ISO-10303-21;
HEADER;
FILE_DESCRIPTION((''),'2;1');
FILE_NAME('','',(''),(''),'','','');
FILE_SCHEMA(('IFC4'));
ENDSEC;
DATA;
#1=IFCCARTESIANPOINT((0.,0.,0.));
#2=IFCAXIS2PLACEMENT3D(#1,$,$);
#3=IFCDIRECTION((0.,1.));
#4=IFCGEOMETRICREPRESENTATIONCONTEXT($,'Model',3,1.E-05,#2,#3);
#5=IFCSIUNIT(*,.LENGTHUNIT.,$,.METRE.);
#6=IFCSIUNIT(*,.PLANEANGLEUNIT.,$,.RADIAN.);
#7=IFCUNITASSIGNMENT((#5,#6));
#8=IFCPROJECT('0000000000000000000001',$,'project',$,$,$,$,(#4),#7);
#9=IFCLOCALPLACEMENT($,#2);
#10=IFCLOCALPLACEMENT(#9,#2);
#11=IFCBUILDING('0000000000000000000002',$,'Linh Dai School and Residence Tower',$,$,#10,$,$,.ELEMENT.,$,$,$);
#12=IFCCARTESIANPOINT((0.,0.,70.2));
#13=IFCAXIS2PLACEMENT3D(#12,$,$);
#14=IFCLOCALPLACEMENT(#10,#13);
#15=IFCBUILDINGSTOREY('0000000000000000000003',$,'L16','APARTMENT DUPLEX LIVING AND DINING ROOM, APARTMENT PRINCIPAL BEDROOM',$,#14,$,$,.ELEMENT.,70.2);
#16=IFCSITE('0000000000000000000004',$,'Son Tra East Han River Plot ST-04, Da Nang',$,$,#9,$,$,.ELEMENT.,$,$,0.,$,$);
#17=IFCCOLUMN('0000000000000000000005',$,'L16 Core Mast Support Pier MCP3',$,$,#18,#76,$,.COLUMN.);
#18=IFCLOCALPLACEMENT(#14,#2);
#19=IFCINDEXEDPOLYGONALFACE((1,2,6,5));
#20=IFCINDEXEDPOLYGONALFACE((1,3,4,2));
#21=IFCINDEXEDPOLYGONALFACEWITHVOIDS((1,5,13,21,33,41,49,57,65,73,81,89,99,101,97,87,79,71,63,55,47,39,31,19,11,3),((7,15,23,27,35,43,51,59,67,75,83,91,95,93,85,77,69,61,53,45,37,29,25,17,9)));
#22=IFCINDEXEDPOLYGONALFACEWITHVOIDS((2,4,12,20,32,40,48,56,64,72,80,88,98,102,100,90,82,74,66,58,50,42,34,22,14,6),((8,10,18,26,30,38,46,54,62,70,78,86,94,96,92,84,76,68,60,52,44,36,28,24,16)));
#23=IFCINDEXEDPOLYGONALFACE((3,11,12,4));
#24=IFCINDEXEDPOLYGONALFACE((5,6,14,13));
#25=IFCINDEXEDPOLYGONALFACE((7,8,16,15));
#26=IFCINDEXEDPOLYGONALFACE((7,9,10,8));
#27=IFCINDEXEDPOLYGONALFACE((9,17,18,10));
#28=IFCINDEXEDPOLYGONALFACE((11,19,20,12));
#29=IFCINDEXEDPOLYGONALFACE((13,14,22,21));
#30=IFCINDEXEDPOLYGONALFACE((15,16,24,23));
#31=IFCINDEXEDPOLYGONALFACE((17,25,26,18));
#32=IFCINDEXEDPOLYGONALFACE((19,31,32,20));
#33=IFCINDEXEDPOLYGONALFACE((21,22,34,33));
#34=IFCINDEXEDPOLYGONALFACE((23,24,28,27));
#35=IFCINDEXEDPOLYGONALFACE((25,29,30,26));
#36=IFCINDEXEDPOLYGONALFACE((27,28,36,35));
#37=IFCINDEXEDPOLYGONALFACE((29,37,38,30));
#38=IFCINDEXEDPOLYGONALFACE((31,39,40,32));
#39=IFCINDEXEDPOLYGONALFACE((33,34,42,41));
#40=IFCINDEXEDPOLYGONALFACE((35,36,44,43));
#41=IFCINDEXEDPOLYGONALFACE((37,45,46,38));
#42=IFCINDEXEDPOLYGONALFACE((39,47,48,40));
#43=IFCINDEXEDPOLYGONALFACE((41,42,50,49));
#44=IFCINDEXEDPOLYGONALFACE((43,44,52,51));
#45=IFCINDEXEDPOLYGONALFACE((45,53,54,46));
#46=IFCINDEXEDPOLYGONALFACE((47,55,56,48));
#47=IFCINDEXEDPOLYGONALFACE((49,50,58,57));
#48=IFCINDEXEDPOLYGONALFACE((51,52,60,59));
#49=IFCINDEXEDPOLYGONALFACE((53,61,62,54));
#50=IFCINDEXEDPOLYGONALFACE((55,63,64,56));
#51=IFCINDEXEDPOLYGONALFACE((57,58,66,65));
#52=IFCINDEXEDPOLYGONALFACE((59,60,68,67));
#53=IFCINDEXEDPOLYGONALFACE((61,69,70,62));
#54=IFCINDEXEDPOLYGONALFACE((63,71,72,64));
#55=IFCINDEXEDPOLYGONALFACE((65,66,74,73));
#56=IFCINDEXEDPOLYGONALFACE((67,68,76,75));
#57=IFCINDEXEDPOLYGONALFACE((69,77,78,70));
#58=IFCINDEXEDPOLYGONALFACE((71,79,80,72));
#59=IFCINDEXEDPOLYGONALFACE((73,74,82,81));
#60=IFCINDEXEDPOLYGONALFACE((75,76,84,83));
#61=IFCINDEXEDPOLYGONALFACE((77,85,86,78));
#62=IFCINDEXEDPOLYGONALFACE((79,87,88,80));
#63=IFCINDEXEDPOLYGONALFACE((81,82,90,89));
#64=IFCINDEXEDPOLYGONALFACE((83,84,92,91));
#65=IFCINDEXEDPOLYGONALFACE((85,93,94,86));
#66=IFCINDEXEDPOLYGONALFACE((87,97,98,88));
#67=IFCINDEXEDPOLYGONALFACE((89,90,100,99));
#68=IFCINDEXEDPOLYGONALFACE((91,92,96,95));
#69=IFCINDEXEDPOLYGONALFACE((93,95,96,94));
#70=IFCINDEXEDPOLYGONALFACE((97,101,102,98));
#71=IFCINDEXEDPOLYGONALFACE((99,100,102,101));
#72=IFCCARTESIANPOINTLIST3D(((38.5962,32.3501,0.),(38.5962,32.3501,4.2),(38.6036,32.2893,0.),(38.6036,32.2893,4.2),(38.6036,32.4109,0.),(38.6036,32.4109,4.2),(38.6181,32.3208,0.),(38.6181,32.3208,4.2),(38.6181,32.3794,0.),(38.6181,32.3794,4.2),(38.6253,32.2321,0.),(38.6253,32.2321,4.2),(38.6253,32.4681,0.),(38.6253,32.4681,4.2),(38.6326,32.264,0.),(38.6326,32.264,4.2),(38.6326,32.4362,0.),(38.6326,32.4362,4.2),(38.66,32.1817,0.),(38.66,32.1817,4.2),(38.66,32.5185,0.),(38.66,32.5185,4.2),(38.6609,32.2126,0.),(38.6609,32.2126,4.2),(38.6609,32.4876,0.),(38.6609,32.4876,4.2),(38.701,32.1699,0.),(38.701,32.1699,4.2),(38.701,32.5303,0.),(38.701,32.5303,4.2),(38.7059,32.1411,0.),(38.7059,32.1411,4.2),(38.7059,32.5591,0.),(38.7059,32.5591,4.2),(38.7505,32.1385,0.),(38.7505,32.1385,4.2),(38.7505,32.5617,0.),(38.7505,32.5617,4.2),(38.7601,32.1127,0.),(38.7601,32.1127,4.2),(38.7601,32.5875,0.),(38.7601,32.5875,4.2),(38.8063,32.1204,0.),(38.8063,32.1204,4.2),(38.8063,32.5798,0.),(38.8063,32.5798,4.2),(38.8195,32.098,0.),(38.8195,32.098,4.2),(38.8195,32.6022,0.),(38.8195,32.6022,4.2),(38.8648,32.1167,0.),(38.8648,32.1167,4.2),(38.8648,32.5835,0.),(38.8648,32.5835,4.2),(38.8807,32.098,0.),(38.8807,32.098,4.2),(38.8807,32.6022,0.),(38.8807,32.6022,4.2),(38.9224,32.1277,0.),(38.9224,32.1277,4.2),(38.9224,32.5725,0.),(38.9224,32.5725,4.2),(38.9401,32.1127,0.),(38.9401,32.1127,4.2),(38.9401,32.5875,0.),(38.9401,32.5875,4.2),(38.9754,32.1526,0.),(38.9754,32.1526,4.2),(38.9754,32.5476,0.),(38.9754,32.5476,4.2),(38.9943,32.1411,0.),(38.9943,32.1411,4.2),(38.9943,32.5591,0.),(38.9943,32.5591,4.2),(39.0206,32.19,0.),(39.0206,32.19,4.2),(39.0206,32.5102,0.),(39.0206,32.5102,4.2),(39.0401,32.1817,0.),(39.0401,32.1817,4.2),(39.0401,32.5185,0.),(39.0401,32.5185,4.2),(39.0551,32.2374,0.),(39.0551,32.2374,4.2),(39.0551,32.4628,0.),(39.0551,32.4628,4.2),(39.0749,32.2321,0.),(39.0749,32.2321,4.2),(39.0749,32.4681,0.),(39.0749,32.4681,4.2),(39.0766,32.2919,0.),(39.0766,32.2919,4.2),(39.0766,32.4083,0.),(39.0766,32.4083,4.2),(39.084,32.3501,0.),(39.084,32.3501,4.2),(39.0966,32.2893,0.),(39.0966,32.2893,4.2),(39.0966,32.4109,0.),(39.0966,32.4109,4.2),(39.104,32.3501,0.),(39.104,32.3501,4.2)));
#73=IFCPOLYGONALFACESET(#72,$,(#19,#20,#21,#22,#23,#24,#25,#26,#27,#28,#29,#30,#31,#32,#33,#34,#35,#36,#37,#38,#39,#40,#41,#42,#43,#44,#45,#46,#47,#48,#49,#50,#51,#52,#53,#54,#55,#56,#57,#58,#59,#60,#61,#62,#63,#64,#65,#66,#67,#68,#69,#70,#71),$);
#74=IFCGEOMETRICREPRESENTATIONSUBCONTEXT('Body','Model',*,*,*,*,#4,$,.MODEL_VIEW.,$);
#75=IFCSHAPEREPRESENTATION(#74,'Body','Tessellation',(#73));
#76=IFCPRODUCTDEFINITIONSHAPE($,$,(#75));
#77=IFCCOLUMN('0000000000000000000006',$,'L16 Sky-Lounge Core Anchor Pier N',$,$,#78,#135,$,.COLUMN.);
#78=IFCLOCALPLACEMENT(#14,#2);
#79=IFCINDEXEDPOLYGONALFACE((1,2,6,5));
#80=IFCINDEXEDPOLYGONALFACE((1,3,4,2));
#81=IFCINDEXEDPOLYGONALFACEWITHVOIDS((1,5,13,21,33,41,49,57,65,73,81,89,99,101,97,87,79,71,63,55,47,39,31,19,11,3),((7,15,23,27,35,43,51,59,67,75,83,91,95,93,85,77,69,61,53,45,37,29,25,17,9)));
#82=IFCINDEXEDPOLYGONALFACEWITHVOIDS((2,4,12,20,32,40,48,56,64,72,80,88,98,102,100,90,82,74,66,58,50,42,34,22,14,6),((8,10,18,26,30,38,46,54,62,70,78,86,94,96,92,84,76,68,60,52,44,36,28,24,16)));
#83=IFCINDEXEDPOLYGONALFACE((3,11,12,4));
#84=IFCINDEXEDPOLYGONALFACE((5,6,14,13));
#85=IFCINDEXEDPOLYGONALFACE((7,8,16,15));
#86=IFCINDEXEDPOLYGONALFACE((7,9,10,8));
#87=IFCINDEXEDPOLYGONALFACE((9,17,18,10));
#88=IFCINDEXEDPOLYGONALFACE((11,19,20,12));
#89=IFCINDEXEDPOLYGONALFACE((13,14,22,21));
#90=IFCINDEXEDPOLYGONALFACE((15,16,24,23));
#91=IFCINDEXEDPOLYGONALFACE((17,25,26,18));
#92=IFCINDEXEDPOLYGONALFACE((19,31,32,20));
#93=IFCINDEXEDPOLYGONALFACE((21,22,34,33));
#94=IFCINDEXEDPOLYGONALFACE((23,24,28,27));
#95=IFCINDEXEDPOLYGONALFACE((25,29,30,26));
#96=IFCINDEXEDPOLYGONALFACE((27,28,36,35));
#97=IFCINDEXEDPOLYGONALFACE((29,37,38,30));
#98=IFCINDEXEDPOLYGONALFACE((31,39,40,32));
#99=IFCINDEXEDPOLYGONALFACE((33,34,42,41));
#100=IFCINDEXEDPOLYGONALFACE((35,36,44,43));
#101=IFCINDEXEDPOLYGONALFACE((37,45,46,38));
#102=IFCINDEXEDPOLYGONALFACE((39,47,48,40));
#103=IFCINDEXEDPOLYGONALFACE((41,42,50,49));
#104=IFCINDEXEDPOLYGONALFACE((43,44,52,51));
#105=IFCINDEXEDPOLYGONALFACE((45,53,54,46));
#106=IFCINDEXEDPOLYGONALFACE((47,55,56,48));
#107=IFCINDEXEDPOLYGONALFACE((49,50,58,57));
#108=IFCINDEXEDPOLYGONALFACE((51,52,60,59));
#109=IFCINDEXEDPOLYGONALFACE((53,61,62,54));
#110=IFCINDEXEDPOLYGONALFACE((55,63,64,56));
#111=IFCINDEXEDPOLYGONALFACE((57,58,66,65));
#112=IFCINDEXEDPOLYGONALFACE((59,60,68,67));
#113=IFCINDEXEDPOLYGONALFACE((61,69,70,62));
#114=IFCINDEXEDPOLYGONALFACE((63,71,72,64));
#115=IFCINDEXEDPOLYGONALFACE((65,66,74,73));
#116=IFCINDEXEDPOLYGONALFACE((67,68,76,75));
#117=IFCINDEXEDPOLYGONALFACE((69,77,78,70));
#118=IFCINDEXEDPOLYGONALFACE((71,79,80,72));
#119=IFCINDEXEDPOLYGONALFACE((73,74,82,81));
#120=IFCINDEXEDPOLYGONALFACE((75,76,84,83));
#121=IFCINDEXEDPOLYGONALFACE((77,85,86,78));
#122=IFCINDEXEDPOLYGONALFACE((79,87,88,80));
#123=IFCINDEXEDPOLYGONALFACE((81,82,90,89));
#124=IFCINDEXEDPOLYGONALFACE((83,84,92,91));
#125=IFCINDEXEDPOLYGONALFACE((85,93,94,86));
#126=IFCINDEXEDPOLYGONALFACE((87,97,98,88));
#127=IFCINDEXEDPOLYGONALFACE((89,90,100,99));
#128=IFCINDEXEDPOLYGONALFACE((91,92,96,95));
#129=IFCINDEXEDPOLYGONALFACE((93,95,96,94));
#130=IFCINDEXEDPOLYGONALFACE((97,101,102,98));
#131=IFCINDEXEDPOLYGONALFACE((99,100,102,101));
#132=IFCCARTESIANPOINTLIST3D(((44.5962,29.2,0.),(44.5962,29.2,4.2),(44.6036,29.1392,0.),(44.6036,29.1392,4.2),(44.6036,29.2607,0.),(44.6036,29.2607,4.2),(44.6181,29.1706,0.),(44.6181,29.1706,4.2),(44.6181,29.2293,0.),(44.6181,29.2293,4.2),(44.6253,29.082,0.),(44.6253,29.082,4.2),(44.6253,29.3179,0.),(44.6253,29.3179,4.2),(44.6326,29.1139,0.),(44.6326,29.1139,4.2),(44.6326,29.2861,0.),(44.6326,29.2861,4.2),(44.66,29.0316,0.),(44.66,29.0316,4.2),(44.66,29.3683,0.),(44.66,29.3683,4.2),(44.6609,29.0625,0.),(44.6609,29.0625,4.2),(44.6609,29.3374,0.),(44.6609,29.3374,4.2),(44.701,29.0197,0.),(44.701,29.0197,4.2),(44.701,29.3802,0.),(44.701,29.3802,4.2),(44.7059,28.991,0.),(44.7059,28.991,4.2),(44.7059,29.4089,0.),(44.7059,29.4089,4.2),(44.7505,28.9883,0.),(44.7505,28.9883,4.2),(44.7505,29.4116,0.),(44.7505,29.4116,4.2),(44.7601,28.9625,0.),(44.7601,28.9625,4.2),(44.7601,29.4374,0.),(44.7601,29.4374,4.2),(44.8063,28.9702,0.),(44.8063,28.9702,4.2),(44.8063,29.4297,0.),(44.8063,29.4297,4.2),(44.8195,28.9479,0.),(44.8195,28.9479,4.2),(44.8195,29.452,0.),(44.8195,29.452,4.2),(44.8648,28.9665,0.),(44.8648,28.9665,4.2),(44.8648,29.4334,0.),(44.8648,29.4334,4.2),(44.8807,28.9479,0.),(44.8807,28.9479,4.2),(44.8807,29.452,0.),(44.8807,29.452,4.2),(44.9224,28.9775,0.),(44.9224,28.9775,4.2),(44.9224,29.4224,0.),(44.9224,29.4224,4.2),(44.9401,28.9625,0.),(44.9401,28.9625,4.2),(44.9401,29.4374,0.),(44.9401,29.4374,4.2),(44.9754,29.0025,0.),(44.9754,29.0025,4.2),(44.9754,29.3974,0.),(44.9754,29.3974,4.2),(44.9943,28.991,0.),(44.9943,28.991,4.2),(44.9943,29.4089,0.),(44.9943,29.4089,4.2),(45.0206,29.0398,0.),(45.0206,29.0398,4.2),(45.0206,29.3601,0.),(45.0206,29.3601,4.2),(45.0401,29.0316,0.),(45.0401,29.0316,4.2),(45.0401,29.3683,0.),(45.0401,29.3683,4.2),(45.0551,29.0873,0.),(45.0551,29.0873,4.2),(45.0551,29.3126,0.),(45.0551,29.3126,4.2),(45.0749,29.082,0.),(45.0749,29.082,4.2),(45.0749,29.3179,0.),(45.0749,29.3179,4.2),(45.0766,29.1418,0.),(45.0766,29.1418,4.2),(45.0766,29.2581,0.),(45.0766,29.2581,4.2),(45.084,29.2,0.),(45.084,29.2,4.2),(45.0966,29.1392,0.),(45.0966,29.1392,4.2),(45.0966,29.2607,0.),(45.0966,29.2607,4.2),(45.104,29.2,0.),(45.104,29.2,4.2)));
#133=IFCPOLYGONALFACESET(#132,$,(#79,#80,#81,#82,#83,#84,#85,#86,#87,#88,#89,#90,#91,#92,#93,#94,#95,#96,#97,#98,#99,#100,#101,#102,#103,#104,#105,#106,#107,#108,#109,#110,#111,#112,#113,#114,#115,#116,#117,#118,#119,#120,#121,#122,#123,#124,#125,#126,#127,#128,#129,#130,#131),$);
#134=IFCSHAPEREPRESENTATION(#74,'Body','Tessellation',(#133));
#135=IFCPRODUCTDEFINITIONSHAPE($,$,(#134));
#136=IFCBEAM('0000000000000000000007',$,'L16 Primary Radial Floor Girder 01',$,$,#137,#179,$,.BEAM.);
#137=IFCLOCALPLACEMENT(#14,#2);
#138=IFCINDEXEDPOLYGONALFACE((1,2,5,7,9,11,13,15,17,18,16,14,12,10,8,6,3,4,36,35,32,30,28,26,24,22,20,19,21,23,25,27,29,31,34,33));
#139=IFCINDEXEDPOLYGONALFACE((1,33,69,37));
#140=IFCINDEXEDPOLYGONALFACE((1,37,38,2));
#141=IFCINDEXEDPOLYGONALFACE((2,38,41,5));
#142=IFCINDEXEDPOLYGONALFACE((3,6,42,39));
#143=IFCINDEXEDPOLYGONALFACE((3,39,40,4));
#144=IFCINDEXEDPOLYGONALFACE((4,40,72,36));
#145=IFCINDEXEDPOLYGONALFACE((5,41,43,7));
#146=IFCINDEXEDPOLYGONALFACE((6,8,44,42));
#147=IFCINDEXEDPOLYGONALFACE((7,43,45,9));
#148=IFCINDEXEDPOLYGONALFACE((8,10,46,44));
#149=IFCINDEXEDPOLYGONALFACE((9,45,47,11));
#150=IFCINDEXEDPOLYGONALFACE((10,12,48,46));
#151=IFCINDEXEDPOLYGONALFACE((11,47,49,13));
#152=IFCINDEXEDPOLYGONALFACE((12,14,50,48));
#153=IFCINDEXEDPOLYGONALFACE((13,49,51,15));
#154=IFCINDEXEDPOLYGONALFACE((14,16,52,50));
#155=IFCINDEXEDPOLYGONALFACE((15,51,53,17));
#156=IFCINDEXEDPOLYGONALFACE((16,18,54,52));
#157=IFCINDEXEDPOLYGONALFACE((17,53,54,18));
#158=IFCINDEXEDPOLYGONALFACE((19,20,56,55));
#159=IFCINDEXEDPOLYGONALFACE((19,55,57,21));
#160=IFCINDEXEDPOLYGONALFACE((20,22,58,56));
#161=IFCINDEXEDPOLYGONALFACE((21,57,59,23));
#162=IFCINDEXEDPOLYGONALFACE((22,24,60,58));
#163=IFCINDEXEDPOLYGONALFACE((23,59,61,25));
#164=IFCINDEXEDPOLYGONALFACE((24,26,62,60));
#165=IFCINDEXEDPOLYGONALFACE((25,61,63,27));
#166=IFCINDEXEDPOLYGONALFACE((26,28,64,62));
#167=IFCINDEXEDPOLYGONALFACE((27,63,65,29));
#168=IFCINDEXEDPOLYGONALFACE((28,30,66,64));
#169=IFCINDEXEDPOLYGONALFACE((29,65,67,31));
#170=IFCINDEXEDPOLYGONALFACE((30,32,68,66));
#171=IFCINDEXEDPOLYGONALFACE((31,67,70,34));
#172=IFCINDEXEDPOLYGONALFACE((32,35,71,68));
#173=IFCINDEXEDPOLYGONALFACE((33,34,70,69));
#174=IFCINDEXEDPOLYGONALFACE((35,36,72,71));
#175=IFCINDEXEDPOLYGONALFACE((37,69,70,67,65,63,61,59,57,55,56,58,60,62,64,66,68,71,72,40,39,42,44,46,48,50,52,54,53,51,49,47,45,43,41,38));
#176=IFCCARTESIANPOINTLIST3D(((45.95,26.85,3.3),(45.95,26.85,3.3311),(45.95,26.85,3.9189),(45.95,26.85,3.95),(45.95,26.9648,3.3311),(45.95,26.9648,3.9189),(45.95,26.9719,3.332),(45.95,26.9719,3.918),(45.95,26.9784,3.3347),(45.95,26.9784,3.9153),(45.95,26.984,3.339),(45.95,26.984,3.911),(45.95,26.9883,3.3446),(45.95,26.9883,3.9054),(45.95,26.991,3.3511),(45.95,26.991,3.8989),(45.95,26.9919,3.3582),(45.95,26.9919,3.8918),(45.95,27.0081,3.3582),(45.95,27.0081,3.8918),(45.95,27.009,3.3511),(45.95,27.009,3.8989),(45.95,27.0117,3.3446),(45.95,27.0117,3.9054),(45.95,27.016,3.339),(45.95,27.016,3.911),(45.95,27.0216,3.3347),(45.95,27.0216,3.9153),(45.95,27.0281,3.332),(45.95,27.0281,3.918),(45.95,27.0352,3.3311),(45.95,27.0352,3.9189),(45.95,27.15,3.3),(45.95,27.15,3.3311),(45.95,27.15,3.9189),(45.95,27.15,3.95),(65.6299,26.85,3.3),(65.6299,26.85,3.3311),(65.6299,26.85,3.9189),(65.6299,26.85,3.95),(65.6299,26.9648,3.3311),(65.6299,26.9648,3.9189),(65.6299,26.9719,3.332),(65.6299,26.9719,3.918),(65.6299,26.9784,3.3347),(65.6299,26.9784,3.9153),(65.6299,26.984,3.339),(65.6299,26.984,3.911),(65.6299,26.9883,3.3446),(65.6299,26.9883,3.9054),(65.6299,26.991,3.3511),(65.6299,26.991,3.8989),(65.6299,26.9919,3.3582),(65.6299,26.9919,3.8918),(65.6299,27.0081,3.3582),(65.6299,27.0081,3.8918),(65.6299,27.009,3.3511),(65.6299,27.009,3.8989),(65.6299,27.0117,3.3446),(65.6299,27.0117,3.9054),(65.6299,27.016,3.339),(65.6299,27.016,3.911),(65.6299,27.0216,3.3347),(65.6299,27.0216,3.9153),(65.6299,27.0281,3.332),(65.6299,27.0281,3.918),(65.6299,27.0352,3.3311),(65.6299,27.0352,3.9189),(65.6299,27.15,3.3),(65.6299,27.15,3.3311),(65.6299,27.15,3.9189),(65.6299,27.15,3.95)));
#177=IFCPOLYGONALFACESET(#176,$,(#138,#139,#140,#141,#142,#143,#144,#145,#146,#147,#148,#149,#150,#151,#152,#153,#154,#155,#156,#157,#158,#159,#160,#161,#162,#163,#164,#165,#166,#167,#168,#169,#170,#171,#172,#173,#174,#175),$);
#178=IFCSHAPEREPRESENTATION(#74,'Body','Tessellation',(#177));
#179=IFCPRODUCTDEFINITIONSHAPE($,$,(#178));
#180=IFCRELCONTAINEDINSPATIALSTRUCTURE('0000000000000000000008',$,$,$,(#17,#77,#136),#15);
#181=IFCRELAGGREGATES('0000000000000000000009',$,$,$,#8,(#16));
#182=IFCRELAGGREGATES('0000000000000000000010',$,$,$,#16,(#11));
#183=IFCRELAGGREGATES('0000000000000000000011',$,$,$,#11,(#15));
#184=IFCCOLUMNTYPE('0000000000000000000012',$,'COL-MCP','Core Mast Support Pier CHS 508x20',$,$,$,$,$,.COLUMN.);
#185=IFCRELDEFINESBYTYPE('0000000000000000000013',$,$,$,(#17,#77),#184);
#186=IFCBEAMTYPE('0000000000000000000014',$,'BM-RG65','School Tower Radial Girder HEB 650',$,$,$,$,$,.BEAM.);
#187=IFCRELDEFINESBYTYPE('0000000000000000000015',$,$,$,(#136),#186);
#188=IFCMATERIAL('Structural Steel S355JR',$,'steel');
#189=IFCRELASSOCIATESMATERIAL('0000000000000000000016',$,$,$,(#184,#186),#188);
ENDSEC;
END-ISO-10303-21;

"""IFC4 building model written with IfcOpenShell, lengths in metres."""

from ifc_helpers import new_model, si_unit, direction, frame, origin, origin_2d, place, context, subcontext, project, spatial, hollow_circle, i_section, extrude, material, material_profile, profile_set, type_object, element, save


model = new_model("IFC4")

# Units and contexts
model_context = context("Model", 3, precision=1e-05, world=origin(), true_north=direction((0.0, 1.0)))
body_context = subcontext(model_context, "Body", "Model", "MODEL_VIEW")
ifc_project = project(units=[si_unit("LENGTHUNIT", "METRE"), si_unit("PLANEANGLEUNIT", "RADIAN")], contexts=[model_context])

# Site, building, storey
site_placement = place(None, origin())
site = spatial("IfcSite", under=ifc_project, at=site_placement, Name="Son Tra East Han River Plot ST-04, Da Nang", CompositionType="ELEMENT", RefElevation=0.0)
building_placement = place(site_placement, origin())
building = spatial("IfcBuilding", under=site, at=building_placement, Name="Linh Dai School and Residence Tower", CompositionType="ELEMENT")
storey_placement = place(building_placement, frame((0.0, 0.0, 70.2)))
storey = spatial("IfcBuildingStorey", under=building, at=storey_placement, Name="L16", Description="APARTMENT DUPLEX LIVING AND DINING ROOM, APARTMENT PRINCIPAL BEDROOM", CompositionType="ELEMENT", Elevation=70.2)

# Columns
ifc_material_1 = material(Name="Structural Steel S355JR", Category="steel")
ifc_material_profile_1 = material_profile(ifc_material_1, hollow_circle(Radius=0.2539, WallThickness=0.02, at=origin_2d()), Name="CHS 508x20")
ifc_profile_set_1 = profile_set([ifc_material_profile_1], Name="Structural Steel S355JR")
column_type_1 = type_object("IfcColumnType", Name="COL-MCP", Description="Core Mast Support Pier CHS 508x20", PredefinedType="COLUMN", material=ifc_profile_set_1)
for number, where, z_axis, x_axis, name in (
    (1, (38.8501, 32.3501, 0.0), (0.0, 0.0, 1.0), (1.0, 0.0, 0.0), "L16 Core Mast Support Pier MCP3"),
    (2, (44.8501, 29.2, 0.0), (0.0, 0.0, 1.0), (1.0, 0.0, 0.0), "L16 Sky-Lounge Core Anchor Pier N"),
):
    element("IfcColumn", number, at=place(storey_placement, frame(where, z_axis=z_axis, x_axis=x_axis)), inside=storey, type_object=column_type_1, Name=name, PredefinedType="COLUMN", context=body_context, shape_type="SweptSolid", body=[
        extrude(hollow_circle(Radius=0.2539, WallThickness=0.02, at=origin_2d()), origin(), (0.0, 0.0, 1.0), 4.2),
    ])

# Beam
ifc_material_profile_2 = material_profile(ifc_material_1, i_section(OverallWidth=0.3, OverallDepth=0.6499, WebThickness=0.0161, FlangeThickness=0.031, FilletRadius=0.0271, at=origin_2d()), Name="HEB 650")
ifc_profile_set_2 = profile_set([ifc_material_profile_2], Name="Structural Steel S355JR")
beam_type_1 = type_object("IfcBeamType", Name="BM-RG65", Description="School Tower Radial Girder HEB 650", PredefinedType="BEAM", material=ifc_profile_set_2)
beam_1_placement = place(storey_placement, frame((45.95, 27.0, 3.625), z_axis=(1.0, 0.0, 0.0), x_axis=(0.0, 1.0, 0.0)))
element("IfcBeam", 3, at=beam_1_placement, inside=storey, type_object=beam_type_1, Name="L16 Primary Radial Floor Girder 01", PredefinedType="BEAM", context=body_context, shape_type="SweptSolid", body=[
    extrude(i_section(OverallWidth=0.3, OverallDepth=0.6499, WebThickness=0.0161, FlangeThickness=0.031, FilletRadius=0.0271, at=origin_2d()), origin(), (0.0, 0.0, 1.0), 19.6799),
])

save(model, "model.ifc")
